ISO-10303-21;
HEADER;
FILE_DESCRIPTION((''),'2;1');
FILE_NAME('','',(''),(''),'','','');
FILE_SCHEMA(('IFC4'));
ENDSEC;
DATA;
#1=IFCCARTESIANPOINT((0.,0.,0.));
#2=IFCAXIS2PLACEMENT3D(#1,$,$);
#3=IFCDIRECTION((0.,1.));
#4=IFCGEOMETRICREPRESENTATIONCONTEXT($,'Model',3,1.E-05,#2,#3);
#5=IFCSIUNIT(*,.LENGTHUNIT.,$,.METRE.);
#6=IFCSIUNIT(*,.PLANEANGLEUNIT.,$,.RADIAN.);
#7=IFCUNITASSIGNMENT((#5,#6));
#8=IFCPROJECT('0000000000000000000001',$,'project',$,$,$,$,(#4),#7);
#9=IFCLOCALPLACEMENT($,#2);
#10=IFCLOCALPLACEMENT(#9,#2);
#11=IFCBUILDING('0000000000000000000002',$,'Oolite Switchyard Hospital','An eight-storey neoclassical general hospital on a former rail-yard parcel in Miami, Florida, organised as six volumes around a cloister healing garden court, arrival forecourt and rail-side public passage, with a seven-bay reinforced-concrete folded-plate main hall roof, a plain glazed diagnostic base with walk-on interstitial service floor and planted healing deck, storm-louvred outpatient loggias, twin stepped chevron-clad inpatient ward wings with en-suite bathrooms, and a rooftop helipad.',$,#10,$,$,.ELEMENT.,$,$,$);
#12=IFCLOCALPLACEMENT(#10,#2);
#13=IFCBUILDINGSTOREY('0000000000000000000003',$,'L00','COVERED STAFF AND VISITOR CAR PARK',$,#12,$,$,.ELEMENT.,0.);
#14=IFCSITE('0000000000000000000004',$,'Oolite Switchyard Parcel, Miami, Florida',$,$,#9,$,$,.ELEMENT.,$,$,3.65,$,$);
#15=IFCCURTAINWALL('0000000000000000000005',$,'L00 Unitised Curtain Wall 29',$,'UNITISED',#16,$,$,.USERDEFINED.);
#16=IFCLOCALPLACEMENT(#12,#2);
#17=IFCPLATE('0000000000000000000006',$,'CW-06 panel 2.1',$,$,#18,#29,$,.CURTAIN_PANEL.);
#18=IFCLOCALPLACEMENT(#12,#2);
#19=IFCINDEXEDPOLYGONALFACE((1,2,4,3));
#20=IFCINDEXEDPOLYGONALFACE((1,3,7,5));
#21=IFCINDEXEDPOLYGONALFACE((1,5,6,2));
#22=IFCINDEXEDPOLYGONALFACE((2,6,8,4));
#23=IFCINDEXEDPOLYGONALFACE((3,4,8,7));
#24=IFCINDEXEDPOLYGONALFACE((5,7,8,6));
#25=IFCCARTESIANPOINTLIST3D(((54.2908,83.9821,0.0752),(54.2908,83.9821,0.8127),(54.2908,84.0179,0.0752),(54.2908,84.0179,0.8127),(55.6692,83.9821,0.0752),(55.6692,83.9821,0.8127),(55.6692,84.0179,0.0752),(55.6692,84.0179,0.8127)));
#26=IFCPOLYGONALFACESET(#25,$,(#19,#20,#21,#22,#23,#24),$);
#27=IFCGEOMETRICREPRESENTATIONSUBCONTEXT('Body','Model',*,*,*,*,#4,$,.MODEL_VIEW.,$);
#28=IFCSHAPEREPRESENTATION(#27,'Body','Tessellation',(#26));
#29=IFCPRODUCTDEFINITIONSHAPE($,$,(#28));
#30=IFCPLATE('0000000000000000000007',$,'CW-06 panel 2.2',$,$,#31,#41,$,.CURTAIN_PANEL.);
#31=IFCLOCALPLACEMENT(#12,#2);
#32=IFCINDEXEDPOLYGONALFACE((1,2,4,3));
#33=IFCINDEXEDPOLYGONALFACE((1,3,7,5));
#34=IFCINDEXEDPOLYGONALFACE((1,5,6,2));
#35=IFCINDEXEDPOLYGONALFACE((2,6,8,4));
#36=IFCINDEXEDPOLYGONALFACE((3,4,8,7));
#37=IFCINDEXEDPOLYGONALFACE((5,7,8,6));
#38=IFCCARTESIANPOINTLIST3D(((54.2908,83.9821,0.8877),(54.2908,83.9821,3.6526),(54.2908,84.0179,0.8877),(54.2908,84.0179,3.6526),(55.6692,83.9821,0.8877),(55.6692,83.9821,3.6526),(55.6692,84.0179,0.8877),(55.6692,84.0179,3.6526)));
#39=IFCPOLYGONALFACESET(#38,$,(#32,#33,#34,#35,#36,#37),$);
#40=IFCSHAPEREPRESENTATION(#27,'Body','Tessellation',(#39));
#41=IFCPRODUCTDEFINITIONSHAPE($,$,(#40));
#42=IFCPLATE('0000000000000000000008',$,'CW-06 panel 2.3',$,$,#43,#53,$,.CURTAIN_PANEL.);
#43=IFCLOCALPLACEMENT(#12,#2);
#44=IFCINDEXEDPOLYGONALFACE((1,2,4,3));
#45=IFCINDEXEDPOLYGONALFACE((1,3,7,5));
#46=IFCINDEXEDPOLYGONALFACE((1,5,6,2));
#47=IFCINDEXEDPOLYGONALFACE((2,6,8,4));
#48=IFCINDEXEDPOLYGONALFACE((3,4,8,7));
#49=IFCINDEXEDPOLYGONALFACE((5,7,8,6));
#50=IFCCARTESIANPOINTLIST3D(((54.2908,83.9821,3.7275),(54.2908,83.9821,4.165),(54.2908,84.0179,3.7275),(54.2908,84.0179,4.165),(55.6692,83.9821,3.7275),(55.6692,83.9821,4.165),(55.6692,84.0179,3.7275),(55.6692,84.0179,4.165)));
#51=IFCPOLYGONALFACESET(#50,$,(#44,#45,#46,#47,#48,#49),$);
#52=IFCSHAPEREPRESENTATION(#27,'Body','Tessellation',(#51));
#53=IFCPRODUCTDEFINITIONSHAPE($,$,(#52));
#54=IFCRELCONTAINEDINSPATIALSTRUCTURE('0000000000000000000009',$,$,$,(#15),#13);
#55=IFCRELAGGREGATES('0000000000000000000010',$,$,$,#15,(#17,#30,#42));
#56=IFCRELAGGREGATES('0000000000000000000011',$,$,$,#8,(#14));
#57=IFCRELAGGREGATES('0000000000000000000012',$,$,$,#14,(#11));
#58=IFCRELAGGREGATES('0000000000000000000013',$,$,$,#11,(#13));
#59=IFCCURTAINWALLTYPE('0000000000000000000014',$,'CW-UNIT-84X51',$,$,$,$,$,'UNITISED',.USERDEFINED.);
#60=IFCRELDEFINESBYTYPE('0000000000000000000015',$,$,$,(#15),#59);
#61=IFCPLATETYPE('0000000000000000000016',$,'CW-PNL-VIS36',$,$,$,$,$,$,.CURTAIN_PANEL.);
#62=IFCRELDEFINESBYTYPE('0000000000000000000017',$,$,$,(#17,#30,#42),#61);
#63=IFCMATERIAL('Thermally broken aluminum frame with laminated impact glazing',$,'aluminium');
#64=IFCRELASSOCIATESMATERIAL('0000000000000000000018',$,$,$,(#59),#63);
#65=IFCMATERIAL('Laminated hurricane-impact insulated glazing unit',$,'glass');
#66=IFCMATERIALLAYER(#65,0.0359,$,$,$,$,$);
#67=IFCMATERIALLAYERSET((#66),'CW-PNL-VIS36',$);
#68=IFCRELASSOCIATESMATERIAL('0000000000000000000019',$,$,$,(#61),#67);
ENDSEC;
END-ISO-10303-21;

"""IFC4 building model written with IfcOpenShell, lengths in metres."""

from ifc_helpers import new_model, si_unit, direction, frame, origin, origin_2d, place, context, subcontext, project, spatial, rectangle, extrude, material, layer, layer_set, type_object, element, aggregate, save


model = new_model("IFC4")

# Units and contexts
model_context = context("Model", 3, precision=1e-05, world=origin(), true_north=direction((0.0, 1.0)))
body_context = subcontext(model_context, "Body", "Model", "MODEL_VIEW")
ifc_project = project(units=[si_unit("LENGTHUNIT", "METRE"), si_unit("PLANEANGLEUNIT", "RADIAN")], contexts=[model_context])

# Site, building, storey
site_placement = place(None, origin())
site = spatial("IfcSite", under=ifc_project, at=site_placement, Name="Oolite Switchyard Parcel, Miami, Florida", CompositionType="ELEMENT", RefElevation=3.65)
building_placement = place(site_placement, origin())
building = spatial("IfcBuilding", under=site, at=building_placement, Name="Oolite Switchyard Hospital", Description="An eight-storey neoclassical general hospital on a former rail-yard parcel in Miami, Florida, organised as six volumes around a cloister healing garden court, arrival forecourt and rail-side public passage, with a seven-bay reinforced-concrete folded-plate main hall roof, a plain glazed diagnostic base with walk-on interstitial service floor and planted healing deck, storm-louvred outpatient loggias, twin stepped chevron-clad inpatient ward wings with en-suite bathrooms, and a rooftop helipad.", CompositionType="ELEMENT")
storey_placement = place(building_placement, origin())
storey = spatial("IfcBuildingStorey", under=building, at=storey_placement, Name="L00", Description="COVERED STAFF AND VISITOR CAR PARK", CompositionType="ELEMENT", Elevation=0.0)

# Curtain wall
ifc_material_1 = material(Name="Thermally broken aluminum frame with laminated impact glazing", Category="aluminium")
curtain_wall_type = type_object("IfcCurtainWallType", Name="CW-UNIT-84X51", ElementType="UNITISED", PredefinedType="USERDEFINED", material=ifc_material_1)
curtain_wall_1_placement = place(storey_placement, origin())
curtain_wall_1 = element("IfcCurtainWall", 1, at=curtain_wall_1_placement, inside=storey, type_object=curtain_wall_type, Name="L00 Unitised Curtain Wall 29", ObjectType="UNITISED", PredefinedType="USERDEFINED")

# Plates
ifc_material_2 = material(Name="Laminated hurricane-impact insulated glazing unit", Category="glass")
ifc_layer_1 = layer(ifc_material_2, 0.0359)
ifc_layer_set_1 = layer_set([ifc_layer_1], Name="CW-PNL-VIS36")
plate_type_1 = type_object("IfcPlateType", Name="CW-PNL-VIS36", PredefinedType="CURTAIN_PANEL", material=ifc_layer_set_1)
plate_1_placement = place(storey_placement, frame((54.98, 84.0, 0.0752), z_axis=(0.0, 0.0, 1.0), x_axis=(-1.0, 0.0, 0.0)))
plate_1 = element("IfcPlate", 2, at=plate_1_placement, type_object=plate_type_1, Name="CW-06 panel 2.1", PredefinedType="CURTAIN_PANEL", context=body_context, shape_type="SweptSolid", body=[
    extrude(rectangle(XDim=1.3784, YDim=0.0359, at=origin_2d()), origin(), (0.0, 0.0, 1.0), 0.7375),
])
plate_2_placement = place(storey_placement, frame((54.98, 84.0, 0.8877), z_axis=(0.0, 0.0, 1.0), x_axis=(-1.0, 0.0, 0.0)))
plate_2 = element("IfcPlate", 3, at=plate_2_placement, type_object=plate_type_1, Name="CW-06 panel 2.2", PredefinedType="CURTAIN_PANEL", context=body_context, shape_type="SweptSolid", body=[
    extrude(rectangle(XDim=1.3784, YDim=0.0359, at=origin_2d()), origin(), (0.0, 0.0, 1.0), 2.7649),
])
plate_3_placement = place(storey_placement, frame((54.98, 84.0, 3.7275), z_axis=(0.0, 0.0, 1.0), x_axis=(-1.0, 0.0, 0.0)))
plate_3 = element("IfcPlate", 4, at=plate_3_placement, type_object=plate_type_1, Name="CW-06 panel 2.3", PredefinedType="CURTAIN_PANEL", context=body_context, shape_type="SweptSolid", body=[
    extrude(rectangle(XDim=1.3784, YDim=0.0359, at=origin_2d()), origin(), (0.0, 0.0, 1.0), 0.4375),
])
aggregate(curtain_wall_1, [plate_1, plate_2, plate_3])

save(model, "model.ifc")
